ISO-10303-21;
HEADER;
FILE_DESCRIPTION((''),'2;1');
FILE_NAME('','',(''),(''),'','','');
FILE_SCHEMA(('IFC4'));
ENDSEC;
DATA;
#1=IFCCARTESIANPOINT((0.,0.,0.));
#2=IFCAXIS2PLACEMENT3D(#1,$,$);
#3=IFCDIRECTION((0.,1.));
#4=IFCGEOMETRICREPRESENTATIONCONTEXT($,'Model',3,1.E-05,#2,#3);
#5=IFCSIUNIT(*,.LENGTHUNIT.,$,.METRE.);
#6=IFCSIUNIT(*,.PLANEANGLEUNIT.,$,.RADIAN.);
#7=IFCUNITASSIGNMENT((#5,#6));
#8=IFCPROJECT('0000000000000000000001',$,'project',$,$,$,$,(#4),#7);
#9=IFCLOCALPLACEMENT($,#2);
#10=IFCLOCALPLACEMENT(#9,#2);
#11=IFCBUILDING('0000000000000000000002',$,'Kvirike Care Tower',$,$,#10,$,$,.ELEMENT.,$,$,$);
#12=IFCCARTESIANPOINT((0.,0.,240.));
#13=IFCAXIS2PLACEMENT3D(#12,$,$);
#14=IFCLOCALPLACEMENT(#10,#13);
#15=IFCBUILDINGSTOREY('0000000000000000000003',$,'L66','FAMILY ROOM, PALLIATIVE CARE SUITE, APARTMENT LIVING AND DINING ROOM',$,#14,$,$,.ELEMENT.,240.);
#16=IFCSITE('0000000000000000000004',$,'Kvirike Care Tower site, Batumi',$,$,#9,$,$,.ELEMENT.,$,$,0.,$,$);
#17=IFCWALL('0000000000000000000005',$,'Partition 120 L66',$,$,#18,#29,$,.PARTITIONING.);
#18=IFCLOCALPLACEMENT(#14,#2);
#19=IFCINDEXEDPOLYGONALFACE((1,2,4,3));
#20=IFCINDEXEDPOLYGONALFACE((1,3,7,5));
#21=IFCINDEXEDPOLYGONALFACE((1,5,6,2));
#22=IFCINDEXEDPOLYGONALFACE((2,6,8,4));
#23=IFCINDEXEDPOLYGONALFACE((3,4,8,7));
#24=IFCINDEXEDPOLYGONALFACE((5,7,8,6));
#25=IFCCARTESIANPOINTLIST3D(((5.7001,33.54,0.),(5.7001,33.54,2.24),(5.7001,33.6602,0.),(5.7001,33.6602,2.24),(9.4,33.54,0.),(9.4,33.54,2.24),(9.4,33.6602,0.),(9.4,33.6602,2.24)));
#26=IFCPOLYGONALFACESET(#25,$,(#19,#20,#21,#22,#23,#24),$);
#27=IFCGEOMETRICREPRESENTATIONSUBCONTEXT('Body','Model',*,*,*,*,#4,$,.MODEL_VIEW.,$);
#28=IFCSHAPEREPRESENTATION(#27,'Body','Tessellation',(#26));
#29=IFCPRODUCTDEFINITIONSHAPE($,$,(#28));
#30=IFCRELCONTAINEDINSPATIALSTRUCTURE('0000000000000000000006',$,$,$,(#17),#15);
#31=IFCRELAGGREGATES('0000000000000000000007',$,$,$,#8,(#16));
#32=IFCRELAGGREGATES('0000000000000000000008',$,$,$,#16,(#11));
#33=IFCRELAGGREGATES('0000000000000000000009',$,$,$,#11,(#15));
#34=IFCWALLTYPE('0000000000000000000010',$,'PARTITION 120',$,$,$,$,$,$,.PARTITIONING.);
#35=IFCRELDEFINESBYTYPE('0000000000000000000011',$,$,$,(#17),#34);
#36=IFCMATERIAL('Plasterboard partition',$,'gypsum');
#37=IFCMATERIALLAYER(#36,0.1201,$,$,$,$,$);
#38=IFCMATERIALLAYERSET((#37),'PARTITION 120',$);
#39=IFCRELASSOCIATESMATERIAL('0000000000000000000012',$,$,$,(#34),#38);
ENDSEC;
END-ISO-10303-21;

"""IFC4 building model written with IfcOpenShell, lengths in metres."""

from ifc_helpers import new_model, si_unit, direction, frame, frame_2d, origin, place, context, subcontext, project, spatial, rectangle, extrude, material, layer, layer_set, type_object, element, save


model = new_model("IFC4")

# Units and contexts
model_context = context("Model", 3, precision=1e-05, world=origin(), true_north=direction((0.0, 1.0)))
body_context = subcontext(model_context, "Body", "Model", "MODEL_VIEW")
ifc_project = project(units=[si_unit("LENGTHUNIT", "METRE"), si_unit("PLANEANGLEUNIT", "RADIAN")], contexts=[model_context])

# Site, building, storey
site_placement = place(None, origin())
site = spatial("IfcSite", under=ifc_project, at=site_placement, Name="Kvirike Care Tower site, Batumi", CompositionType="ELEMENT", RefElevation=0.0)
building_placement = place(site_placement, origin())
building = spatial("IfcBuilding", under=site, at=building_placement, Name="Kvirike Care Tower", CompositionType="ELEMENT")
storey_placement = place(building_placement, frame((0.0, 0.0, 240.0)))
storey = spatial("IfcBuildingStorey", under=building, at=storey_placement, Name="L66", Description="FAMILY ROOM, PALLIATIVE CARE SUITE, APARTMENT LIVING AND DINING ROOM", CompositionType="ELEMENT", Elevation=240.0)

# Wall
ifc_material_1 = material(Name="Plasterboard partition", Category="gypsum")
ifc_layer_1 = layer(ifc_material_1, 0.1201)
ifc_layer_set_1 = layer_set([ifc_layer_1], Name="PARTITION 120")
wall_type = type_object("IfcWallType", Name="PARTITION 120", PredefinedType="PARTITIONING", material=ifc_layer_set_1)
wall_placement = place(storey_placement, frame((5.7, 33.6001, 0.0), z_axis=(0.0, 0.0, 1.0), x_axis=(1.0, 0.0, 0.0)))
element("IfcWall", 1, at=wall_placement, inside=storey, type_object=wall_type, Name="Partition 120 L66", PredefinedType="PARTITIONING", context=body_context, shape_type="SweptSolid", body=[
    extrude(rectangle(XDim=3.7, YDim=0.1201, at=frame_2d((1.8501, 0.0))), origin(), (0.0, 0.0, 1.0), 2.24),
])

save(model, "model.ifc")
